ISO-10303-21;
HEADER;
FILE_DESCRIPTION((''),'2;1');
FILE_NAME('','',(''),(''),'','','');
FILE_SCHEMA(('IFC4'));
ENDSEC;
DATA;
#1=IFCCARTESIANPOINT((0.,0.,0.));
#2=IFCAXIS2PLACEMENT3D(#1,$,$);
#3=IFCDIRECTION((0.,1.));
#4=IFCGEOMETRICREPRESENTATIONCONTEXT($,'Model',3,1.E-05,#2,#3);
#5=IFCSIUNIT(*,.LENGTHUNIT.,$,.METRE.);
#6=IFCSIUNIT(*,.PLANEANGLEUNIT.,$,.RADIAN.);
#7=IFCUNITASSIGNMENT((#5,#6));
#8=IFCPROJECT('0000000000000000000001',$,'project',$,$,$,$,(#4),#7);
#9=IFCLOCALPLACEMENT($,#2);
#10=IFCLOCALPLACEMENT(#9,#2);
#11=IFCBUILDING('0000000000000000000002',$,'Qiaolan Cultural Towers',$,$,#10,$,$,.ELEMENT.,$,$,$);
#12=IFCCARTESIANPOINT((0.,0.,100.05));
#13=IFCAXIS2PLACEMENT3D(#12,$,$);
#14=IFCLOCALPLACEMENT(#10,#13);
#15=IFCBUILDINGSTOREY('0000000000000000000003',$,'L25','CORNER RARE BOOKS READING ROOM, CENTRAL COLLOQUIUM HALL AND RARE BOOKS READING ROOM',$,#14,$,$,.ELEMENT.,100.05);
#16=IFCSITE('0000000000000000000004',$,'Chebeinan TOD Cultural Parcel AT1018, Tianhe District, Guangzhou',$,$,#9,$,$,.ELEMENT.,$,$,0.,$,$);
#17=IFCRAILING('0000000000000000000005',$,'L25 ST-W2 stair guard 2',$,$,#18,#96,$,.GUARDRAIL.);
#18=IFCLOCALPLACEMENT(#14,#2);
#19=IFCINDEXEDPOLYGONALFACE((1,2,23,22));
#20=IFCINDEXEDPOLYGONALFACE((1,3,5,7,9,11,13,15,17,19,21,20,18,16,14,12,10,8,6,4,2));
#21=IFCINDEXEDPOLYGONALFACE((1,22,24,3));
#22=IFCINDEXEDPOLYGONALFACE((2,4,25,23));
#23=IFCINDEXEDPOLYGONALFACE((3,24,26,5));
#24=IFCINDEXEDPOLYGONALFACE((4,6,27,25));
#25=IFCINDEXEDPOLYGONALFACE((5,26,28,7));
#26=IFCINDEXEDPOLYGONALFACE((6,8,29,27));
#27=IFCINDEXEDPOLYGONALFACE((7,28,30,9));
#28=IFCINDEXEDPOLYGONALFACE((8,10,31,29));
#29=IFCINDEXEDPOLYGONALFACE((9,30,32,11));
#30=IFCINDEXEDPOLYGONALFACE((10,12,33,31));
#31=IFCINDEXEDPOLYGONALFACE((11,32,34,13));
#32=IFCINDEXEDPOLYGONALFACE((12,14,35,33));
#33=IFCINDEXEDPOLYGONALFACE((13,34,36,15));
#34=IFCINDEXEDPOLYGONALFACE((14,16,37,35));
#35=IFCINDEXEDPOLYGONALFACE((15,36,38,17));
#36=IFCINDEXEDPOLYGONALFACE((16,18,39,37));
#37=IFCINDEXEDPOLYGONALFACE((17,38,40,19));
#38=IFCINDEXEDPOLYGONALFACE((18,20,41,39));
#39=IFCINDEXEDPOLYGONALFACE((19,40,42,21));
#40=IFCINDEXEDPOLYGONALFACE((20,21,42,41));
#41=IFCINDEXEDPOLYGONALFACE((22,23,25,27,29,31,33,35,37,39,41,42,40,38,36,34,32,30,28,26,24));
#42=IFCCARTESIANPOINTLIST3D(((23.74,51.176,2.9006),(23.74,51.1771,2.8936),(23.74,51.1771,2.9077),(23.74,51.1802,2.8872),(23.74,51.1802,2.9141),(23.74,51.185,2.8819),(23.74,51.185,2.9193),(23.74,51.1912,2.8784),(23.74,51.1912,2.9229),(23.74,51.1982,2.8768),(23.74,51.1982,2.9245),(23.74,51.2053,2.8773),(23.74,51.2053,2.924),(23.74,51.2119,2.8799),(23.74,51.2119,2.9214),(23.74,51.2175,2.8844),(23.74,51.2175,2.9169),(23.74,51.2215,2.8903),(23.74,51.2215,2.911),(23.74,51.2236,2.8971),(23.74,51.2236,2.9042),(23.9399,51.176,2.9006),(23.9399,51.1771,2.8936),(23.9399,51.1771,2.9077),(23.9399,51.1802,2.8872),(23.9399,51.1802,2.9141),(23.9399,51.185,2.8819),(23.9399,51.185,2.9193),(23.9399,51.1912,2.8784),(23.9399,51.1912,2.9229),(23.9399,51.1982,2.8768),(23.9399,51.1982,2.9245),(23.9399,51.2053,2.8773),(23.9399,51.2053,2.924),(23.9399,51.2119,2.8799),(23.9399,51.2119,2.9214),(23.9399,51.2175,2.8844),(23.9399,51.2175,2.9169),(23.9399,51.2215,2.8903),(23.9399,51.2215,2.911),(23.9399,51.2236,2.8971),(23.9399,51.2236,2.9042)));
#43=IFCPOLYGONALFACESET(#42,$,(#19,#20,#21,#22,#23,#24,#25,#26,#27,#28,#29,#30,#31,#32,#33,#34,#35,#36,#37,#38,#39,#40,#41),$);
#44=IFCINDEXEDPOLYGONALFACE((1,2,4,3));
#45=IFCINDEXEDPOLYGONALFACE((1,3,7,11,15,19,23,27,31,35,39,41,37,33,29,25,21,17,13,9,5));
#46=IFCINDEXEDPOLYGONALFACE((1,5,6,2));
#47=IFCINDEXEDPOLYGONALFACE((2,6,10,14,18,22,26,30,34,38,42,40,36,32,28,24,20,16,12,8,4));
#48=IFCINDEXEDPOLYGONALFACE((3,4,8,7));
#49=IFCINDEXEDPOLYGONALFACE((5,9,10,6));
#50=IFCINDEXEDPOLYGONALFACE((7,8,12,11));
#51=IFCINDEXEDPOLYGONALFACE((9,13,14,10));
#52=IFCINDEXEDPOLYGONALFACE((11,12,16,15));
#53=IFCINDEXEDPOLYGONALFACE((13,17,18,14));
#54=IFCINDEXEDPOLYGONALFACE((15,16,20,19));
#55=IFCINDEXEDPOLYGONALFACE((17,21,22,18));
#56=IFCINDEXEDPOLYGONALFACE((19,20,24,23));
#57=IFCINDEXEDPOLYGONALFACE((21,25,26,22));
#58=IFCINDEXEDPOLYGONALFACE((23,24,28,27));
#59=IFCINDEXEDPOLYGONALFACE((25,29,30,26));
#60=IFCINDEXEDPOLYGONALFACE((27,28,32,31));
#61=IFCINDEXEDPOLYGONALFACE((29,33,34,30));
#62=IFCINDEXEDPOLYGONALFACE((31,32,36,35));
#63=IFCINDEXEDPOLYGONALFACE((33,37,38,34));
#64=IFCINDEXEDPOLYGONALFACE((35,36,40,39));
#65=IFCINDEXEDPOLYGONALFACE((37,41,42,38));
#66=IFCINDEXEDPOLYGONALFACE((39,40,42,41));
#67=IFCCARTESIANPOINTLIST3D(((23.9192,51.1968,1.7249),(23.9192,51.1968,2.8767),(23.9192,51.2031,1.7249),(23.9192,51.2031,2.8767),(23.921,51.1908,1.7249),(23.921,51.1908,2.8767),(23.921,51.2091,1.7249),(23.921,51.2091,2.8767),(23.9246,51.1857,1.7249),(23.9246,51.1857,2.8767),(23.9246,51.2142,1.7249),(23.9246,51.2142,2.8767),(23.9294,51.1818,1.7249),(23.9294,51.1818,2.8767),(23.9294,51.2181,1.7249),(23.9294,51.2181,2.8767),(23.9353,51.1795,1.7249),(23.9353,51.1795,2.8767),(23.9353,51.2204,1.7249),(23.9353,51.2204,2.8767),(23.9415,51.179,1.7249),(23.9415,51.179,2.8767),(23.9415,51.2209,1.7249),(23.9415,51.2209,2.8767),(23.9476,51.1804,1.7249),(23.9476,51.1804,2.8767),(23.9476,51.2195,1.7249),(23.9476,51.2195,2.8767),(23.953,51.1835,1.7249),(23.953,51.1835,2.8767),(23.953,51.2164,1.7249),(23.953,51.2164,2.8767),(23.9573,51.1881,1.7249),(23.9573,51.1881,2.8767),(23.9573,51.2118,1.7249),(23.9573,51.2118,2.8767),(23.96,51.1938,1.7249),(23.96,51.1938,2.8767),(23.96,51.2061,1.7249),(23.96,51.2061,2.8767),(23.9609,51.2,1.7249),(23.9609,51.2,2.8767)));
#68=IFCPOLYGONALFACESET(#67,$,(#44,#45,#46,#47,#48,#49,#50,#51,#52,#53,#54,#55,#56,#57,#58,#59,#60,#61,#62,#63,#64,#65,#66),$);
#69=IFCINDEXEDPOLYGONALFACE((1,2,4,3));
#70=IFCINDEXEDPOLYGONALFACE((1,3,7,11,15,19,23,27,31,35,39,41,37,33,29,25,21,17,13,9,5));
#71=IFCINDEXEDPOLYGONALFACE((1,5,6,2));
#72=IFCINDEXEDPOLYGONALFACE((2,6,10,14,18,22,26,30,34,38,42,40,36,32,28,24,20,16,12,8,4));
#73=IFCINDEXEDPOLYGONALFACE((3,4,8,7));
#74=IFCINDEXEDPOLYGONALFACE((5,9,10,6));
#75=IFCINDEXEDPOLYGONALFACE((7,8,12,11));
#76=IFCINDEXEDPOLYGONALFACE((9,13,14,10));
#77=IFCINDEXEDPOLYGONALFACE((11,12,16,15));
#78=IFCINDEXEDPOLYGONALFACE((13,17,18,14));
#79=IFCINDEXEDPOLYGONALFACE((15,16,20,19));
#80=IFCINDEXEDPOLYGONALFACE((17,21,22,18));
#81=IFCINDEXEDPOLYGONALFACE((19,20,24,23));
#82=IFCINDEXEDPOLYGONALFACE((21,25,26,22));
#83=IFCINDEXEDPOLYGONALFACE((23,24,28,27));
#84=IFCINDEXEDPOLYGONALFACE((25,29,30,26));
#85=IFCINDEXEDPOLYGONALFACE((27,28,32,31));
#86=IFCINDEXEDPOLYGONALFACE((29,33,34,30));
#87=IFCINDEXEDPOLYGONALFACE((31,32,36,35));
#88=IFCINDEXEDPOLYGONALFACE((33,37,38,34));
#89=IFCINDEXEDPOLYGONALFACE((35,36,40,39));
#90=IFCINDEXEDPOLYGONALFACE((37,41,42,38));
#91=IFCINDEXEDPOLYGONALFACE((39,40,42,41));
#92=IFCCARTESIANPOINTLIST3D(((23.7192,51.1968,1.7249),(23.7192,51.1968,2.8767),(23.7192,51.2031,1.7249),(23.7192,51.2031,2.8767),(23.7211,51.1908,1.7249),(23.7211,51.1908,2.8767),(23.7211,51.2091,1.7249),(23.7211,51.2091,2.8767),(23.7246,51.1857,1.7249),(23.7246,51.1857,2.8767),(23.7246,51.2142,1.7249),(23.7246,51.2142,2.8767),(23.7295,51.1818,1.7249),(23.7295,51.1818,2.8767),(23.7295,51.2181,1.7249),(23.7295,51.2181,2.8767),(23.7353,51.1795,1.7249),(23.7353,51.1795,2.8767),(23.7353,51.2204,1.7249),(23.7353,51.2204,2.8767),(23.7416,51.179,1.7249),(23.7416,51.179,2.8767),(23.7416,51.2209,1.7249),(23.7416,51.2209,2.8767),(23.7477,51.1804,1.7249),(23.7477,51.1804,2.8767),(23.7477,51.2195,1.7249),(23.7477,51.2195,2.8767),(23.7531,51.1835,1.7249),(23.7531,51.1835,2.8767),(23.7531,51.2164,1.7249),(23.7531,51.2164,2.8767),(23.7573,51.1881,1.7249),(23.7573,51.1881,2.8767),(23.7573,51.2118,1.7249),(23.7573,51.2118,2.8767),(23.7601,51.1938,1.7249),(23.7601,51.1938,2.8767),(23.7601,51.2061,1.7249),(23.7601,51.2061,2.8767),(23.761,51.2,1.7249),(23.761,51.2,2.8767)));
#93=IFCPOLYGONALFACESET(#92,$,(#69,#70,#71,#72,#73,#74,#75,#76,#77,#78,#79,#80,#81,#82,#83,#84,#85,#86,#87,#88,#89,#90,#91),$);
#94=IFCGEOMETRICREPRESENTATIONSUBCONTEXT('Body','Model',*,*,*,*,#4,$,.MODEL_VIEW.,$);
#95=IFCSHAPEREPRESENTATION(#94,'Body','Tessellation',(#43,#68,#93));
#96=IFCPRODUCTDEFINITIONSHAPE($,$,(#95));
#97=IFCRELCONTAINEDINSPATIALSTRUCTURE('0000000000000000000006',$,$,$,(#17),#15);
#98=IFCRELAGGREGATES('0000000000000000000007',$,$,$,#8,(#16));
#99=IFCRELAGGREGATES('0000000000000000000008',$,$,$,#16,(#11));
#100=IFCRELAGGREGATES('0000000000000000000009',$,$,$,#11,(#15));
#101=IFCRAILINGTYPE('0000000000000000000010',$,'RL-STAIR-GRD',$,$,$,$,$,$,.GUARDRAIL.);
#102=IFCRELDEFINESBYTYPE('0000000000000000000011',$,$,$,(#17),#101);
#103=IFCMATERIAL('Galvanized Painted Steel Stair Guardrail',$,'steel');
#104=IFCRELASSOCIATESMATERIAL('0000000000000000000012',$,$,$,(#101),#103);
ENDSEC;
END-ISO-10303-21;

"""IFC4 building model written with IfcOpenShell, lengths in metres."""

from ifc_helpers import new_model, si_unit, direction, frame, origin, origin_2d, place, context, subcontext, project, spatial, circle, extrude, material, type_object, element, save


model = new_model("IFC4")

# Units and contexts
model_context = context("Model", 3, precision=1e-05, world=origin(), true_north=direction((0.0, 1.0)))
body_context = subcontext(model_context, "Body", "Model", "MODEL_VIEW")
ifc_project = project(units=[si_unit("LENGTHUNIT", "METRE"), si_unit("PLANEANGLEUNIT", "RADIAN")], contexts=[model_context])

# Site, building, storey
site_placement = place(None, origin())
site = spatial("IfcSite", under=ifc_project, at=site_placement, Name="Chebeinan TOD Cultural Parcel AT1018, Tianhe District, Guangzhou", CompositionType="ELEMENT", RefElevation=0.0)
building_placement = place(site_placement, origin())
building = spatial("IfcBuilding", under=site, at=building_placement, Name="Qiaolan Cultural Towers", CompositionType="ELEMENT")
storey_placement = place(building_placement, frame((0.0, 0.0, 100.05)))
storey = spatial("IfcBuildingStorey", under=building, at=storey_placement, Name="L25", Description="CORNER RARE BOOKS READING ROOM, CENTRAL COLLOQUIUM HALL AND RARE BOOKS READING ROOM", CompositionType="ELEMENT", Elevation=100.05)

# Railing
ifc_material_1 = material(Name="Galvanized Painted Steel Stair Guardrail", Category="steel")
railing_type_1 = type_object("IfcRailingType", Name="RL-STAIR-GRD", PredefinedType="GUARDRAIL", material=ifc_material_1)
railing_1_placement = place(storey_placement, frame((23.9399, 51.2, 1.7249)))
element("IfcRailing", 1, at=railing_1_placement, inside=storey, type_object=railing_type_1, Name="L25 ST-W2 stair guard 2", PredefinedType="GUARDRAIL", context=body_context, shape_type="SweptSolid", body=[
    extrude(circle(Radius=0.0239, at=origin_2d()), frame((0.0, 0.0, 1.1758), z_axis=(-1.0, 0.0, 0.0), x_axis=(0.0, -1.0, 0.0)), (0.0, 0.0, 1.0), 0.2),
    extrude(circle(Radius=0.021, at=origin_2d()), origin(), (0.0, 0.0, 1.0), 1.1519),
    extrude(circle(Radius=0.021, at=origin_2d()), frame((-0.2, 0.0, 0.0)), (0.0, 0.0, 1.0), 1.1519),
])

save(model, "model.ifc")
